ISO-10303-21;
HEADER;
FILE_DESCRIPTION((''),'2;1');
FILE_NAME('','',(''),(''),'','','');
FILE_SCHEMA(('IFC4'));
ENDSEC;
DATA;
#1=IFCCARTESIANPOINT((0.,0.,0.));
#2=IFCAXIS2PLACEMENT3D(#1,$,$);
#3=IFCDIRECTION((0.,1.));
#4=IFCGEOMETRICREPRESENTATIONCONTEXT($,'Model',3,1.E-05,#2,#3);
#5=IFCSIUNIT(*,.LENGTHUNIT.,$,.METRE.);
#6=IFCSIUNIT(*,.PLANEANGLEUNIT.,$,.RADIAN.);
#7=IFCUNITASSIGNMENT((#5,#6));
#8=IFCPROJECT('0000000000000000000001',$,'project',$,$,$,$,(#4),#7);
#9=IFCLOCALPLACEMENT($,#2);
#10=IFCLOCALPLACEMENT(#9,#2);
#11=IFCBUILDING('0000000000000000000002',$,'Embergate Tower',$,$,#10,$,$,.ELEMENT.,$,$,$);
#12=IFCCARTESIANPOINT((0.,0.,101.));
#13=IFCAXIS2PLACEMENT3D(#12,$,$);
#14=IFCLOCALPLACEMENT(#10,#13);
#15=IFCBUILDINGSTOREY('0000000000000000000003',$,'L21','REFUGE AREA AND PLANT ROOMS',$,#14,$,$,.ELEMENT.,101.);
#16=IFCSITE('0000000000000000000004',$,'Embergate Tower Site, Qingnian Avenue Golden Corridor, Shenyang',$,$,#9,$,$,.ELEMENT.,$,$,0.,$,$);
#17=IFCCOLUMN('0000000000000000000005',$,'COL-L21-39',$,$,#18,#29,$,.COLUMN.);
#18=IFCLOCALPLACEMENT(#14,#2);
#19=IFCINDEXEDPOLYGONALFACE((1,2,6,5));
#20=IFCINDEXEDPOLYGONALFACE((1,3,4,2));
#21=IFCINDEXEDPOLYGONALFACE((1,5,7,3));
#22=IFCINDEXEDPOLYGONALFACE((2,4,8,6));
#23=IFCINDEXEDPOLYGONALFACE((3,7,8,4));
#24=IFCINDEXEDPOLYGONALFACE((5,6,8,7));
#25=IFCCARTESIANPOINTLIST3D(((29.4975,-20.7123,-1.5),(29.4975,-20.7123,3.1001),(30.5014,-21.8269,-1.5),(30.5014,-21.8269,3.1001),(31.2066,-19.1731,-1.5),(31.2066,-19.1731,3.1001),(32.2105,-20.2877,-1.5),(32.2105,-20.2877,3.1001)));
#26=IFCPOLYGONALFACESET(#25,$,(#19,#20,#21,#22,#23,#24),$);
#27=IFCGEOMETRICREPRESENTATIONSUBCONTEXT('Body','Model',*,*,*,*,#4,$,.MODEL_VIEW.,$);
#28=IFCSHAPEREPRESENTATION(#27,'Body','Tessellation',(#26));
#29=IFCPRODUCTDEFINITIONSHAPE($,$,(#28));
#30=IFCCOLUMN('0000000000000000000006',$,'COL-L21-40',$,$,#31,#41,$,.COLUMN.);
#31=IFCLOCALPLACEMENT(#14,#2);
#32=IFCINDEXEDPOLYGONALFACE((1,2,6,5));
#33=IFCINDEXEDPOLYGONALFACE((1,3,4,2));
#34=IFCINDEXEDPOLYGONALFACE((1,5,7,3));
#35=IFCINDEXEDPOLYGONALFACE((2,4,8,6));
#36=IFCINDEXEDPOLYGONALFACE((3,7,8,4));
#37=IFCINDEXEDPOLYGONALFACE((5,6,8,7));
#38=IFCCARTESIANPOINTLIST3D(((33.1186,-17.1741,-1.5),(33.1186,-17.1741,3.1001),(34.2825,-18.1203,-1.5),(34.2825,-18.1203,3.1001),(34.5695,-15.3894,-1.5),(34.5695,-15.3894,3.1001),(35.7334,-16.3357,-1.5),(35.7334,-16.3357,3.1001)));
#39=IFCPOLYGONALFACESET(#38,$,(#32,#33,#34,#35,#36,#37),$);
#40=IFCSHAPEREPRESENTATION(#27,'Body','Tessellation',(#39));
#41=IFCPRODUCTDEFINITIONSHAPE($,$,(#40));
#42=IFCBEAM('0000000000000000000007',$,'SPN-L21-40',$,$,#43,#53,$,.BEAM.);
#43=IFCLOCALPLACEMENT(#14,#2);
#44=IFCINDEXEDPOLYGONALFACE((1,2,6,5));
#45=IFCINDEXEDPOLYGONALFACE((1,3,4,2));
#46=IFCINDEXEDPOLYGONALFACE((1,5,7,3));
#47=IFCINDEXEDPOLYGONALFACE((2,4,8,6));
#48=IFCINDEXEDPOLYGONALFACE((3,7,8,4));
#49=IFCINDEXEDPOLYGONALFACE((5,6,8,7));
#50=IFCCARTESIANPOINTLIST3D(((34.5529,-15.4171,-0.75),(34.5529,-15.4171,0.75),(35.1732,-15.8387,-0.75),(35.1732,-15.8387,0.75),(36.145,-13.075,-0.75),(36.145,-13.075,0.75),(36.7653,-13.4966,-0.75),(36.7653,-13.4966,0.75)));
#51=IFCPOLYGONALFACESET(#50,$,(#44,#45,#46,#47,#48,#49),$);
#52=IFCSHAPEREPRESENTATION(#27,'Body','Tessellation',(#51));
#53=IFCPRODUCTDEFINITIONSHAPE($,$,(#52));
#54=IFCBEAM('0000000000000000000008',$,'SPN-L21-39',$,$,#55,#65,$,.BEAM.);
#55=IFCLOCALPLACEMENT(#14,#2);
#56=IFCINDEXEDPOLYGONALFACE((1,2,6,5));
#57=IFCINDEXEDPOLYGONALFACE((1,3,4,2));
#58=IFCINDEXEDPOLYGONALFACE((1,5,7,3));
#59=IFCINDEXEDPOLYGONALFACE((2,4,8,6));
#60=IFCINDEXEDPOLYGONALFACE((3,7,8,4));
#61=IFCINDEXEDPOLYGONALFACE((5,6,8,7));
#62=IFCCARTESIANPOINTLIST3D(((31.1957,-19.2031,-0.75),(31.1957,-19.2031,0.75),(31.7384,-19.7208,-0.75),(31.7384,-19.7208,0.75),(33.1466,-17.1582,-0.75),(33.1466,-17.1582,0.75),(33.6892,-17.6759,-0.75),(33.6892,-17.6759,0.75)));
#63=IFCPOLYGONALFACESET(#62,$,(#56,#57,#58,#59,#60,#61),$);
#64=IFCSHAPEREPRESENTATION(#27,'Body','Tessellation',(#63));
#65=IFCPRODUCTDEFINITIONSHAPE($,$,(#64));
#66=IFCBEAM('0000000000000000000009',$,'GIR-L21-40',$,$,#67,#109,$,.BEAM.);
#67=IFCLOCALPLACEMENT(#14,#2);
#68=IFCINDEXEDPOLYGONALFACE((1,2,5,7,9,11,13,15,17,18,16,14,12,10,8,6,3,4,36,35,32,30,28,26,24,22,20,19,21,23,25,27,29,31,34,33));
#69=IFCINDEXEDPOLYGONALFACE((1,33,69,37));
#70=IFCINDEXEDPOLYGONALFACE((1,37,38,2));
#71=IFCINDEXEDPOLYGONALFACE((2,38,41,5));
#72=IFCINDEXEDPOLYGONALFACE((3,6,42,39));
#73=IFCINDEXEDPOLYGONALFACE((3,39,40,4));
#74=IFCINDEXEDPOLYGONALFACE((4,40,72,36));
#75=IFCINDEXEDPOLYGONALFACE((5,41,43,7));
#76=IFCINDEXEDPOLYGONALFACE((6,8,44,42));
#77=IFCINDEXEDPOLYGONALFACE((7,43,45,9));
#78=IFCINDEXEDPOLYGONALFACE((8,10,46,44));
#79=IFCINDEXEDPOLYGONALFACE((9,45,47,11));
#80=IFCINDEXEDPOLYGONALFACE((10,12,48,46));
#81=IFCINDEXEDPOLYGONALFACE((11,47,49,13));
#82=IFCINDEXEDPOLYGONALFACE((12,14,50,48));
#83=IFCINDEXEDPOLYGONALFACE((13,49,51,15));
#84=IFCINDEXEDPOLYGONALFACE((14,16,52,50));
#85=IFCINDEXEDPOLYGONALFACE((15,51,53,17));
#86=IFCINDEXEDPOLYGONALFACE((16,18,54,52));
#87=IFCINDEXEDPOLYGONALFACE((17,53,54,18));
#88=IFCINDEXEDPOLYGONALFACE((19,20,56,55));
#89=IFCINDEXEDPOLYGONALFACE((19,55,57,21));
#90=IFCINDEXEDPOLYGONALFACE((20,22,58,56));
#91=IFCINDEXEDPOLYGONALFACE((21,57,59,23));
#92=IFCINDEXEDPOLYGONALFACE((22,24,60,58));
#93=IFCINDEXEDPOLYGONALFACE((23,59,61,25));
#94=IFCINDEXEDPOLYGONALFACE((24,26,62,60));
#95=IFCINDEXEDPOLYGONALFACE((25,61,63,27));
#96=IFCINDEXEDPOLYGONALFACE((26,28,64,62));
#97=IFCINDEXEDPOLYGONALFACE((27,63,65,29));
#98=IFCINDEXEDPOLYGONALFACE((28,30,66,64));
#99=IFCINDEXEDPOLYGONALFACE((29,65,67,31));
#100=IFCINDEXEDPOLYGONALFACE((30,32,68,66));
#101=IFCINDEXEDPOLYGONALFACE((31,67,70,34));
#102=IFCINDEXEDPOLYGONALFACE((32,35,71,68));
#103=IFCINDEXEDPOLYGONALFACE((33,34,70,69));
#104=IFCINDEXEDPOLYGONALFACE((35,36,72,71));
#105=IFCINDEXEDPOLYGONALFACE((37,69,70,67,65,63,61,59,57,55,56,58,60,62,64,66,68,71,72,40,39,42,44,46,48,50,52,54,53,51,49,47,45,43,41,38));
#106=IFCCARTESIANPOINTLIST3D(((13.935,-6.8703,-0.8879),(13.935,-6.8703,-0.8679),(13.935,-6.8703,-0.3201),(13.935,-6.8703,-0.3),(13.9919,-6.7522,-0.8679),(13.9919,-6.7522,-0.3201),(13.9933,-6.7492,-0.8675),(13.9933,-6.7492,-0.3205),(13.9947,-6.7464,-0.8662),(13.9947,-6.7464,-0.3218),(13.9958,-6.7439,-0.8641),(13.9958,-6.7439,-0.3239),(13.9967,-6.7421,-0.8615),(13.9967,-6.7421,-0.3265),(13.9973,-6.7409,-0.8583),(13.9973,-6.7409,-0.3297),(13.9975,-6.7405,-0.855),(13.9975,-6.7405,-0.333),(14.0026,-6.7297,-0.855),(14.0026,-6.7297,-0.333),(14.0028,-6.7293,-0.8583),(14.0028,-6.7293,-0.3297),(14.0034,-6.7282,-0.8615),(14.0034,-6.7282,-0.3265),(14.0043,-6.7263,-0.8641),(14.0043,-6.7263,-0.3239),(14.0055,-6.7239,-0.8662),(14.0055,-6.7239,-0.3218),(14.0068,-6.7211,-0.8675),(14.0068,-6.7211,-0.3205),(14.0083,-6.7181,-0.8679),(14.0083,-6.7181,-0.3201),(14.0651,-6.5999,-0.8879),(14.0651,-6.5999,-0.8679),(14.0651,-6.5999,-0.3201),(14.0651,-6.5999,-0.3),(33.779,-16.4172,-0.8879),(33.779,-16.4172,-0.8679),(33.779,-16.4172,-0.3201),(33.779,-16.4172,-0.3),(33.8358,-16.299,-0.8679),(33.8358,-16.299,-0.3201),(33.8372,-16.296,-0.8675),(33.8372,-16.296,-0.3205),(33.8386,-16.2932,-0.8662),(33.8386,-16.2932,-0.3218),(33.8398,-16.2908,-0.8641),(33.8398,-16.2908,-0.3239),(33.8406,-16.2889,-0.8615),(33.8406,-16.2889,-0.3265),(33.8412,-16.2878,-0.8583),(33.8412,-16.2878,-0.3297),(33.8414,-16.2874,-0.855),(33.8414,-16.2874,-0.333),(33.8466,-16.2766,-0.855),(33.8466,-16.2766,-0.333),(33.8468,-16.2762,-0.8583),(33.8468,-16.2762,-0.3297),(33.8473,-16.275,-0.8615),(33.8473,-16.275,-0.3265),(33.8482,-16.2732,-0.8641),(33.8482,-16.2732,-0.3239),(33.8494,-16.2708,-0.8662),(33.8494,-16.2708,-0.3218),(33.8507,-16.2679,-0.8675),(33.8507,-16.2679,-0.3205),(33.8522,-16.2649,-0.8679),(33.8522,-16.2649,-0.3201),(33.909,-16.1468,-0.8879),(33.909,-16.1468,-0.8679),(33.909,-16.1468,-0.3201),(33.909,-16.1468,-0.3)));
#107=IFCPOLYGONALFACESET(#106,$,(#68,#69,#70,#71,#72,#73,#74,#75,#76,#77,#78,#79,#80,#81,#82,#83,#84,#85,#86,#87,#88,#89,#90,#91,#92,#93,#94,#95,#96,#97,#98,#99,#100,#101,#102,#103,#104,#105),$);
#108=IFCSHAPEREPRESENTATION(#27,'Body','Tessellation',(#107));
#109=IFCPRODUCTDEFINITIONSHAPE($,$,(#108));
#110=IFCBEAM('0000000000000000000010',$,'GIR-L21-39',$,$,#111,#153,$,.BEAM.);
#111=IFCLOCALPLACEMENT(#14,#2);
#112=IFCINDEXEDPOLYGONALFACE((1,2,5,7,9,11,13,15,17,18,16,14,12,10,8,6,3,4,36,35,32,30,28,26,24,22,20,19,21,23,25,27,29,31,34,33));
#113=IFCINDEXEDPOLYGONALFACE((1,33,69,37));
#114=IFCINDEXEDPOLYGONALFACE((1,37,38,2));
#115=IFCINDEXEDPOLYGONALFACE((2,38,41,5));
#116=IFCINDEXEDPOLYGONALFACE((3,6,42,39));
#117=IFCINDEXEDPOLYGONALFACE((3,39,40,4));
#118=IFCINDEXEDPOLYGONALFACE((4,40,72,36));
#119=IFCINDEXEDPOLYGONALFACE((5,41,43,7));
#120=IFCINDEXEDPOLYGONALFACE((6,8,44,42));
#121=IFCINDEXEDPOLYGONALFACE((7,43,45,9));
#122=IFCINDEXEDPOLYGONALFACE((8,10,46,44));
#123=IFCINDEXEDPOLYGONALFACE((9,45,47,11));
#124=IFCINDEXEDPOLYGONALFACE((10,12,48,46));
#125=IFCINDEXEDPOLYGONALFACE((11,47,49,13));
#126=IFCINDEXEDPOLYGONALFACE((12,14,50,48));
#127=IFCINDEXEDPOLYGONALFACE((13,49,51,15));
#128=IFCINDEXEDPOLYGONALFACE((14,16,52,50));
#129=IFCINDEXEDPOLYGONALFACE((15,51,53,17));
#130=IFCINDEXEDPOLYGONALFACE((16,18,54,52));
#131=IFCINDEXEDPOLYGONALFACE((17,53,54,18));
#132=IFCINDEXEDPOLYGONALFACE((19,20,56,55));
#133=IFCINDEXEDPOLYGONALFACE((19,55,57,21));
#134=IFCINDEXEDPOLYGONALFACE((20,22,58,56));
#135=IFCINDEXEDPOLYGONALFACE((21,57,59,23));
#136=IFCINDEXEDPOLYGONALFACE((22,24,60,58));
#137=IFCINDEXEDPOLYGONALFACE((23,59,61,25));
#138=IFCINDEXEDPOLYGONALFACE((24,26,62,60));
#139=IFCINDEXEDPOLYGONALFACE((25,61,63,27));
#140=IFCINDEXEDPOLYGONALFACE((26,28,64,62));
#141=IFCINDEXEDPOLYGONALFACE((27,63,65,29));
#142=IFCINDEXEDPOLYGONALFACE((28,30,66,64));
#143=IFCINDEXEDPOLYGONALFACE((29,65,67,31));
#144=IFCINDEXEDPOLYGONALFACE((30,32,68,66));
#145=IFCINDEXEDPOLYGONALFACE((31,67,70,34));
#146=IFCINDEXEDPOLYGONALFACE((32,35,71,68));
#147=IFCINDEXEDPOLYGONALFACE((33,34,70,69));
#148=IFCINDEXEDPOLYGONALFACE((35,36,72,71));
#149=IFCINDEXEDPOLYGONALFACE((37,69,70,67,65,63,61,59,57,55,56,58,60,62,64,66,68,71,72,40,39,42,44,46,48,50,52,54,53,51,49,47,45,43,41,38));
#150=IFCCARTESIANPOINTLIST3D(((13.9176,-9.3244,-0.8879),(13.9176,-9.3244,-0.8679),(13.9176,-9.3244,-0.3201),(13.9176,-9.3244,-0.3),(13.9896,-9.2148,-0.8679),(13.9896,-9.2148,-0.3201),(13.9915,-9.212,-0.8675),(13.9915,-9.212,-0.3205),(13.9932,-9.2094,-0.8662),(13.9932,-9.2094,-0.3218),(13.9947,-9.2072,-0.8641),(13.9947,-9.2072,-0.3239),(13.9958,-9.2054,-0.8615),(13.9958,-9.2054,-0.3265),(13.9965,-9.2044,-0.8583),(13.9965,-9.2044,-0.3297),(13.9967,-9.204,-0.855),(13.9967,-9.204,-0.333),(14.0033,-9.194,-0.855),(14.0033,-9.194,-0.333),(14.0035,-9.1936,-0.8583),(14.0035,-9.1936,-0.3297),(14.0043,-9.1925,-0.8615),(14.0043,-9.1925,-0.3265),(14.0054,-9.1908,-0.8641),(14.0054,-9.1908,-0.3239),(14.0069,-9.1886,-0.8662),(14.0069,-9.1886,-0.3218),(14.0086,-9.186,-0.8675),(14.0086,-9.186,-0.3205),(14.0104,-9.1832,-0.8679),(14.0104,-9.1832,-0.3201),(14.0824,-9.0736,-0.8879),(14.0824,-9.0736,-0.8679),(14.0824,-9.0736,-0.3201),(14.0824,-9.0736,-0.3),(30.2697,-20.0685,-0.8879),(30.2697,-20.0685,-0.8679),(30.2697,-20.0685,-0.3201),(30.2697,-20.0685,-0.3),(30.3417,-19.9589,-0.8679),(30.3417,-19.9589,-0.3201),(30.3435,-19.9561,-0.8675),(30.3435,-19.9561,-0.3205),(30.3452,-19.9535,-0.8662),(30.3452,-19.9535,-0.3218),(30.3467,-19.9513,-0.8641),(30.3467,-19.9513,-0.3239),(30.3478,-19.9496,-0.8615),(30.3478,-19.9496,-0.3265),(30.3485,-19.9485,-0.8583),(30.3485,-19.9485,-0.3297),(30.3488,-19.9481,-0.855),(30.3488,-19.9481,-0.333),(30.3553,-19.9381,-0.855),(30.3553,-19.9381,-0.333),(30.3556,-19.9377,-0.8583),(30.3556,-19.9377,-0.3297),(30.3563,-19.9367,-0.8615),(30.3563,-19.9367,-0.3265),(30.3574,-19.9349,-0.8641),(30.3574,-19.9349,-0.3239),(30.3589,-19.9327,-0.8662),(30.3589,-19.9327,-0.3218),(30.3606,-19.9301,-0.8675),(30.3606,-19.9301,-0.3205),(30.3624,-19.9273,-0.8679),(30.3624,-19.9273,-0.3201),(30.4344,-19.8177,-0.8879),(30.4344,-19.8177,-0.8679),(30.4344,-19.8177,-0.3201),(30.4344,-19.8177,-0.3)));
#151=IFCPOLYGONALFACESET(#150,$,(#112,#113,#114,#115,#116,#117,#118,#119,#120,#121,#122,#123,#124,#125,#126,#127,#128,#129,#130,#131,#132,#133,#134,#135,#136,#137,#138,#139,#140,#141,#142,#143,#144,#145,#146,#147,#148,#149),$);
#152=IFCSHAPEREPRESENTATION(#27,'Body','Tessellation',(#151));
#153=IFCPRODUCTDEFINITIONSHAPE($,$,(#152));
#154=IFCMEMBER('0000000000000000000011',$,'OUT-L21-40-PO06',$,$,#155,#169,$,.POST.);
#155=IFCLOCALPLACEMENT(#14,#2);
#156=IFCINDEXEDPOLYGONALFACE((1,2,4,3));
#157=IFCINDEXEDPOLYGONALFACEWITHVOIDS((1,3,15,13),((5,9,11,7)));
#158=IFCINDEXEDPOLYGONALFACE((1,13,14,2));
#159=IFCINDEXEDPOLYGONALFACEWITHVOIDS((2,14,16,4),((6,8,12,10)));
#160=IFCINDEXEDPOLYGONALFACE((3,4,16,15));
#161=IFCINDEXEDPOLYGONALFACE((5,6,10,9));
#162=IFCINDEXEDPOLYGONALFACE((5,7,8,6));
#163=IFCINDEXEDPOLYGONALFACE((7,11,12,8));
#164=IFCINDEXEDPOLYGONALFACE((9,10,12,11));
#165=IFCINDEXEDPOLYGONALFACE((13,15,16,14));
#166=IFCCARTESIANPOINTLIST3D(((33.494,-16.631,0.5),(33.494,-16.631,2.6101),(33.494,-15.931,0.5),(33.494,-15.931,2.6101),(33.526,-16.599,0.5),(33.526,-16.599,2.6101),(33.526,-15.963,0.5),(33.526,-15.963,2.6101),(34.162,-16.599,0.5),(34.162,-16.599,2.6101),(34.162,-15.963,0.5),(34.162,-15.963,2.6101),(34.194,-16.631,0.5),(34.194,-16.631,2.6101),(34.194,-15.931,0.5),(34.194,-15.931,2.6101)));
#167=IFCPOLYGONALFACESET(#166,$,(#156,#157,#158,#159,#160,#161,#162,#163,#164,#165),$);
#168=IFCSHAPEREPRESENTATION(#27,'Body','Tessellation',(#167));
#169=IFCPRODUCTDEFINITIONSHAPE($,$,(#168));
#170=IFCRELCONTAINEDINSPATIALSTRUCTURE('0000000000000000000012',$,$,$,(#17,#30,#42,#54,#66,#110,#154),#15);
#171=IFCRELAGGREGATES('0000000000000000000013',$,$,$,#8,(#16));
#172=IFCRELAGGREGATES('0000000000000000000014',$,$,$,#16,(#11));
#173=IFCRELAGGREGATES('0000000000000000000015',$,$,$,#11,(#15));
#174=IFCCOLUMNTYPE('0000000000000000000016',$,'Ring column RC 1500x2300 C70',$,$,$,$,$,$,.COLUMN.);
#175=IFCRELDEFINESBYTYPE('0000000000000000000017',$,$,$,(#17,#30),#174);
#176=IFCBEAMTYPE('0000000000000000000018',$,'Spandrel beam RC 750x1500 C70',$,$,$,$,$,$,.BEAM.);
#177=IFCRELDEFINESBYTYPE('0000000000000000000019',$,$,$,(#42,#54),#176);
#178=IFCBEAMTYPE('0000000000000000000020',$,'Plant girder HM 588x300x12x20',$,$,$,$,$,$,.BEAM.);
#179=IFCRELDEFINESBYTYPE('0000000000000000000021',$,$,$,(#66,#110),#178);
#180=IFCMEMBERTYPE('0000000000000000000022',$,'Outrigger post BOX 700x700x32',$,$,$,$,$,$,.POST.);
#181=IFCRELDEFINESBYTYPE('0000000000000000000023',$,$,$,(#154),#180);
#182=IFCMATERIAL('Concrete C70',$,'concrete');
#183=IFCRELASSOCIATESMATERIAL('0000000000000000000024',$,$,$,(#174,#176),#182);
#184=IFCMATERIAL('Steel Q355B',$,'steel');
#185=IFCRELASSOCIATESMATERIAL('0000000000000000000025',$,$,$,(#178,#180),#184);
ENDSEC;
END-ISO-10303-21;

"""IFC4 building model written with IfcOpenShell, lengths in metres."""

from ifc_helpers import new_model, si_unit, direction, frame, origin, origin_2d, place, context, subcontext, project, spatial, rectangle, hollow_rectangle, i_section, extrude, source, transform, mapped, material, material_profile, profile_set, type_object, element, save


model = new_model("IFC4")

# Units and contexts
model_context = context("Model", 3, precision=1e-05, world=origin(), true_north=direction((0.0, 1.0)))
body_context = subcontext(model_context, "Body", "Model", "MODEL_VIEW")
ifc_project = project(units=[si_unit("LENGTHUNIT", "METRE"), si_unit("PLANEANGLEUNIT", "RADIAN")], contexts=[model_context])

# Site, building, storey
site_placement = place(None, origin())
site = spatial("IfcSite", under=ifc_project, at=site_placement, Name="Embergate Tower Site, Qingnian Avenue Golden Corridor, Shenyang", CompositionType="ELEMENT", RefElevation=0.0)
building_placement = place(site_placement, origin())
building = spatial("IfcBuilding", under=site, at=building_placement, Name="Embergate Tower", CompositionType="ELEMENT")
storey_placement = place(building_placement, frame((0.0, 0.0, 101.0)))
storey = spatial("IfcBuildingStorey", under=building, at=storey_placement, Name="L21", Description="REFUGE AREA AND PLANT ROOMS", CompositionType="ELEMENT", Elevation=101.0)

# Columns
ifc_material_1 = material(Name="Concrete C70", Category="concrete")
ifc_material_profile_1 = material_profile(ifc_material_1, rectangle(XDim=1.5, YDim=2.3, at=origin_2d()), Name="RC 1500x2300")
ifc_profile_set_1 = profile_set([ifc_material_profile_1], Name="Concrete C70")
column_type = type_object("IfcColumnType", Name="Ring column RC 1500x2300 C70", PredefinedType="COLUMN", material=ifc_profile_set_1)
shared_shape_1 = source(origin(), body_context, "Body", "SweptSolid", [
    extrude(rectangle(XDim=1.5, YDim=2.3, at=origin_2d()), origin(), (0.0, 0.0, 1.0), 4.6001),
])
for number, where, z_axis, x_axis, name in (
    (1, (30.854, -20.5, -1.5), (0.0, 0.0, 1.0), (0.669221, -0.743063, 0.0), "COL-L21-39"),
    (2, (34.426, -16.7549, -1.5), (0.0, 0.0, 1.0), (0.775925, -0.630825, 0.0), "COL-L21-40"),
):
    element("IfcColumn", number, at=place(storey_placement, frame(where, z_axis=z_axis, x_axis=x_axis)), inside=storey, type_object=column_type, Name=name, PredefinedType="COLUMN", context=body_context, shape_type="MappedRepresentation", body=[
        mapped(shared_shape_1, transform((0.0, 0.0, 0.0))),
    ])

# Beams
ifc_material_profile_2 = material_profile(ifc_material_1, rectangle(XDim=0.75, YDim=1.5, at=origin_2d()), Name="RC 750x1500")
ifc_profile_set_2 = profile_set([ifc_material_profile_2], Name="Concrete C70")
beam_type_1 = type_object("IfcBeamType", Name="Spandrel beam RC 750x1500 C70", PredefinedType="BEAM", material=ifc_profile_set_2)
shared_shape_2 = source(origin(), body_context, "Body", "SweptSolid", [
    extrude(rectangle(XDim=0.75, YDim=1.5, at=origin_2d()), origin(), (0.0, 0.0, 1.0), 2.832),
])
beam_1_placement = place(storey_placement, frame((34.863, -15.6279, 0.0), z_axis=(0.562178, 0.827016, 0.0), x_axis=(-0.827016, 0.562178, 0.0)))
element("IfcBeam", 3, at=beam_1_placement, inside=storey, type_object=beam_type_1, Name="SPN-L21-40", PredefinedType="BEAM", context=body_context, shape_type="MappedRepresentation", body=[
    mapped(shared_shape_2, transform((0.0, 0.0, 0.0))),
])
shared_shape_3 = source(origin(), body_context, "Body", "SweptSolid", [
    extrude(rectangle(XDim=0.75, YDim=1.5, at=origin_2d()), origin(), (0.0, 0.0, 1.0), 2.8262),
])
beam_2_placement = place(storey_placement, frame((31.467, -19.4619, 0.0), z_axis=(0.690283, 0.72354, 0.0), x_axis=(-0.72354, 0.690283, 0.0)))
element("IfcBeam", 4, at=beam_2_placement, inside=storey, type_object=beam_type_1, Name="SPN-L21-39", PredefinedType="BEAM", context=body_context, shape_type="MappedRepresentation", body=[
    mapped(shared_shape_3, transform((0.0, 0.0, 0.0))),
])
ifc_material_2 = material(Name="Steel Q355B", Category="steel")
ifc_material_profile_3 = material_profile(ifc_material_2, i_section(OverallWidth=0.3, OverallDepth=0.5879, WebThickness=0.012, FlangeThickness=0.02, FilletRadius=0.0129, at=origin_2d()), Name="HM 588x300x12x20")
ifc_profile_set_3 = profile_set([ifc_material_profile_3], Name="Steel Q355 grade B")
beam_type_2 = type_object("IfcBeamType", Name="Plant girder HM 588x300x12x20", PredefinedType="BEAM", material=ifc_profile_set_3)
shared_shape_4 = source(origin(), body_context, "Body", "SweptSolid", [
    extrude(i_section(OverallWidth=0.3, OverallDepth=0.5879, WebThickness=0.012, FlangeThickness=0.02, FilletRadius=0.0129, at=origin_2d()), origin(), (0.0, 0.0, 1.0), 22.021),
])
beam_3_placement = place(storey_placement, frame((33.844, -16.282, -0.594), z_axis=(-0.901137, 0.433534, 0.0), x_axis=(-0.433534, -0.901137, 0.0)))
element("IfcBeam", 5, at=beam_3_placement, inside=storey, type_object=beam_type_2, Name="GIR-L21-40", PredefinedType="BEAM", context=body_context, shape_type="MappedRepresentation", body=[
    mapped(shared_shape_4, transform((0.0, 0.0, 0.0))),
])
shared_shape_5 = source(origin(), body_context, "Body", "SweptSolid", [
    extrude(i_section(OverallWidth=0.3, OverallDepth=0.5879, WebThickness=0.012, FlangeThickness=0.02, FilletRadius=0.0129, at=origin_2d()), origin(), (0.0, 0.0, 1.0), 19.5659),
])
beam_4_placement = place(storey_placement, frame((30.3521, -19.9431, -0.594), z_axis=(-0.83574, 0.549125, 0.0), x_axis=(-0.549125, -0.83574, 0.0)))
element("IfcBeam", 6, at=beam_4_placement, inside=storey, type_object=beam_type_2, Name="GIR-L21-39", PredefinedType="BEAM", context=body_context, shape_type="MappedRepresentation", body=[
    mapped(shared_shape_5, transform((0.0, 0.0, 0.0))),
])

# Member
ifc_material_profile_4 = material_profile(ifc_material_2, hollow_rectangle(XDim=0.7, YDim=0.7, WallThickness=0.032, at=origin_2d()), Name="BOX 700x700x32")
ifc_profile_set_4 = profile_set([ifc_material_profile_4], Name="Steel Q355 grade B")
member_type_1 = type_object("IfcMemberType", Name="Outrigger post BOX 700x700x32", PredefinedType="POST", material=ifc_profile_set_4)
shared_shape_6 = source(origin(), body_context, "Body", "SweptSolid", [
    extrude(hollow_rectangle(XDim=0.7, YDim=0.7, WallThickness=0.032, at=origin_2d()), origin(), (0.0, 0.0, 1.0), 2.1101),
])
member_1_placement = place(storey_placement, frame((33.844, -16.281, 0.5), z_axis=(0.0, 0.0, 1.0), x_axis=(1.0, 0.0, 0.0)))
element("IfcMember", 7, at=member_1_placement, inside=storey, type_object=member_type_1, Name="OUT-L21-40-PO06", PredefinedType="POST", context=body_context, shape_type="MappedRepresentation", body=[
    mapped(shared_shape_6, transform((0.0, 0.0, 0.0))),
])

save(model, "model.ifc")
